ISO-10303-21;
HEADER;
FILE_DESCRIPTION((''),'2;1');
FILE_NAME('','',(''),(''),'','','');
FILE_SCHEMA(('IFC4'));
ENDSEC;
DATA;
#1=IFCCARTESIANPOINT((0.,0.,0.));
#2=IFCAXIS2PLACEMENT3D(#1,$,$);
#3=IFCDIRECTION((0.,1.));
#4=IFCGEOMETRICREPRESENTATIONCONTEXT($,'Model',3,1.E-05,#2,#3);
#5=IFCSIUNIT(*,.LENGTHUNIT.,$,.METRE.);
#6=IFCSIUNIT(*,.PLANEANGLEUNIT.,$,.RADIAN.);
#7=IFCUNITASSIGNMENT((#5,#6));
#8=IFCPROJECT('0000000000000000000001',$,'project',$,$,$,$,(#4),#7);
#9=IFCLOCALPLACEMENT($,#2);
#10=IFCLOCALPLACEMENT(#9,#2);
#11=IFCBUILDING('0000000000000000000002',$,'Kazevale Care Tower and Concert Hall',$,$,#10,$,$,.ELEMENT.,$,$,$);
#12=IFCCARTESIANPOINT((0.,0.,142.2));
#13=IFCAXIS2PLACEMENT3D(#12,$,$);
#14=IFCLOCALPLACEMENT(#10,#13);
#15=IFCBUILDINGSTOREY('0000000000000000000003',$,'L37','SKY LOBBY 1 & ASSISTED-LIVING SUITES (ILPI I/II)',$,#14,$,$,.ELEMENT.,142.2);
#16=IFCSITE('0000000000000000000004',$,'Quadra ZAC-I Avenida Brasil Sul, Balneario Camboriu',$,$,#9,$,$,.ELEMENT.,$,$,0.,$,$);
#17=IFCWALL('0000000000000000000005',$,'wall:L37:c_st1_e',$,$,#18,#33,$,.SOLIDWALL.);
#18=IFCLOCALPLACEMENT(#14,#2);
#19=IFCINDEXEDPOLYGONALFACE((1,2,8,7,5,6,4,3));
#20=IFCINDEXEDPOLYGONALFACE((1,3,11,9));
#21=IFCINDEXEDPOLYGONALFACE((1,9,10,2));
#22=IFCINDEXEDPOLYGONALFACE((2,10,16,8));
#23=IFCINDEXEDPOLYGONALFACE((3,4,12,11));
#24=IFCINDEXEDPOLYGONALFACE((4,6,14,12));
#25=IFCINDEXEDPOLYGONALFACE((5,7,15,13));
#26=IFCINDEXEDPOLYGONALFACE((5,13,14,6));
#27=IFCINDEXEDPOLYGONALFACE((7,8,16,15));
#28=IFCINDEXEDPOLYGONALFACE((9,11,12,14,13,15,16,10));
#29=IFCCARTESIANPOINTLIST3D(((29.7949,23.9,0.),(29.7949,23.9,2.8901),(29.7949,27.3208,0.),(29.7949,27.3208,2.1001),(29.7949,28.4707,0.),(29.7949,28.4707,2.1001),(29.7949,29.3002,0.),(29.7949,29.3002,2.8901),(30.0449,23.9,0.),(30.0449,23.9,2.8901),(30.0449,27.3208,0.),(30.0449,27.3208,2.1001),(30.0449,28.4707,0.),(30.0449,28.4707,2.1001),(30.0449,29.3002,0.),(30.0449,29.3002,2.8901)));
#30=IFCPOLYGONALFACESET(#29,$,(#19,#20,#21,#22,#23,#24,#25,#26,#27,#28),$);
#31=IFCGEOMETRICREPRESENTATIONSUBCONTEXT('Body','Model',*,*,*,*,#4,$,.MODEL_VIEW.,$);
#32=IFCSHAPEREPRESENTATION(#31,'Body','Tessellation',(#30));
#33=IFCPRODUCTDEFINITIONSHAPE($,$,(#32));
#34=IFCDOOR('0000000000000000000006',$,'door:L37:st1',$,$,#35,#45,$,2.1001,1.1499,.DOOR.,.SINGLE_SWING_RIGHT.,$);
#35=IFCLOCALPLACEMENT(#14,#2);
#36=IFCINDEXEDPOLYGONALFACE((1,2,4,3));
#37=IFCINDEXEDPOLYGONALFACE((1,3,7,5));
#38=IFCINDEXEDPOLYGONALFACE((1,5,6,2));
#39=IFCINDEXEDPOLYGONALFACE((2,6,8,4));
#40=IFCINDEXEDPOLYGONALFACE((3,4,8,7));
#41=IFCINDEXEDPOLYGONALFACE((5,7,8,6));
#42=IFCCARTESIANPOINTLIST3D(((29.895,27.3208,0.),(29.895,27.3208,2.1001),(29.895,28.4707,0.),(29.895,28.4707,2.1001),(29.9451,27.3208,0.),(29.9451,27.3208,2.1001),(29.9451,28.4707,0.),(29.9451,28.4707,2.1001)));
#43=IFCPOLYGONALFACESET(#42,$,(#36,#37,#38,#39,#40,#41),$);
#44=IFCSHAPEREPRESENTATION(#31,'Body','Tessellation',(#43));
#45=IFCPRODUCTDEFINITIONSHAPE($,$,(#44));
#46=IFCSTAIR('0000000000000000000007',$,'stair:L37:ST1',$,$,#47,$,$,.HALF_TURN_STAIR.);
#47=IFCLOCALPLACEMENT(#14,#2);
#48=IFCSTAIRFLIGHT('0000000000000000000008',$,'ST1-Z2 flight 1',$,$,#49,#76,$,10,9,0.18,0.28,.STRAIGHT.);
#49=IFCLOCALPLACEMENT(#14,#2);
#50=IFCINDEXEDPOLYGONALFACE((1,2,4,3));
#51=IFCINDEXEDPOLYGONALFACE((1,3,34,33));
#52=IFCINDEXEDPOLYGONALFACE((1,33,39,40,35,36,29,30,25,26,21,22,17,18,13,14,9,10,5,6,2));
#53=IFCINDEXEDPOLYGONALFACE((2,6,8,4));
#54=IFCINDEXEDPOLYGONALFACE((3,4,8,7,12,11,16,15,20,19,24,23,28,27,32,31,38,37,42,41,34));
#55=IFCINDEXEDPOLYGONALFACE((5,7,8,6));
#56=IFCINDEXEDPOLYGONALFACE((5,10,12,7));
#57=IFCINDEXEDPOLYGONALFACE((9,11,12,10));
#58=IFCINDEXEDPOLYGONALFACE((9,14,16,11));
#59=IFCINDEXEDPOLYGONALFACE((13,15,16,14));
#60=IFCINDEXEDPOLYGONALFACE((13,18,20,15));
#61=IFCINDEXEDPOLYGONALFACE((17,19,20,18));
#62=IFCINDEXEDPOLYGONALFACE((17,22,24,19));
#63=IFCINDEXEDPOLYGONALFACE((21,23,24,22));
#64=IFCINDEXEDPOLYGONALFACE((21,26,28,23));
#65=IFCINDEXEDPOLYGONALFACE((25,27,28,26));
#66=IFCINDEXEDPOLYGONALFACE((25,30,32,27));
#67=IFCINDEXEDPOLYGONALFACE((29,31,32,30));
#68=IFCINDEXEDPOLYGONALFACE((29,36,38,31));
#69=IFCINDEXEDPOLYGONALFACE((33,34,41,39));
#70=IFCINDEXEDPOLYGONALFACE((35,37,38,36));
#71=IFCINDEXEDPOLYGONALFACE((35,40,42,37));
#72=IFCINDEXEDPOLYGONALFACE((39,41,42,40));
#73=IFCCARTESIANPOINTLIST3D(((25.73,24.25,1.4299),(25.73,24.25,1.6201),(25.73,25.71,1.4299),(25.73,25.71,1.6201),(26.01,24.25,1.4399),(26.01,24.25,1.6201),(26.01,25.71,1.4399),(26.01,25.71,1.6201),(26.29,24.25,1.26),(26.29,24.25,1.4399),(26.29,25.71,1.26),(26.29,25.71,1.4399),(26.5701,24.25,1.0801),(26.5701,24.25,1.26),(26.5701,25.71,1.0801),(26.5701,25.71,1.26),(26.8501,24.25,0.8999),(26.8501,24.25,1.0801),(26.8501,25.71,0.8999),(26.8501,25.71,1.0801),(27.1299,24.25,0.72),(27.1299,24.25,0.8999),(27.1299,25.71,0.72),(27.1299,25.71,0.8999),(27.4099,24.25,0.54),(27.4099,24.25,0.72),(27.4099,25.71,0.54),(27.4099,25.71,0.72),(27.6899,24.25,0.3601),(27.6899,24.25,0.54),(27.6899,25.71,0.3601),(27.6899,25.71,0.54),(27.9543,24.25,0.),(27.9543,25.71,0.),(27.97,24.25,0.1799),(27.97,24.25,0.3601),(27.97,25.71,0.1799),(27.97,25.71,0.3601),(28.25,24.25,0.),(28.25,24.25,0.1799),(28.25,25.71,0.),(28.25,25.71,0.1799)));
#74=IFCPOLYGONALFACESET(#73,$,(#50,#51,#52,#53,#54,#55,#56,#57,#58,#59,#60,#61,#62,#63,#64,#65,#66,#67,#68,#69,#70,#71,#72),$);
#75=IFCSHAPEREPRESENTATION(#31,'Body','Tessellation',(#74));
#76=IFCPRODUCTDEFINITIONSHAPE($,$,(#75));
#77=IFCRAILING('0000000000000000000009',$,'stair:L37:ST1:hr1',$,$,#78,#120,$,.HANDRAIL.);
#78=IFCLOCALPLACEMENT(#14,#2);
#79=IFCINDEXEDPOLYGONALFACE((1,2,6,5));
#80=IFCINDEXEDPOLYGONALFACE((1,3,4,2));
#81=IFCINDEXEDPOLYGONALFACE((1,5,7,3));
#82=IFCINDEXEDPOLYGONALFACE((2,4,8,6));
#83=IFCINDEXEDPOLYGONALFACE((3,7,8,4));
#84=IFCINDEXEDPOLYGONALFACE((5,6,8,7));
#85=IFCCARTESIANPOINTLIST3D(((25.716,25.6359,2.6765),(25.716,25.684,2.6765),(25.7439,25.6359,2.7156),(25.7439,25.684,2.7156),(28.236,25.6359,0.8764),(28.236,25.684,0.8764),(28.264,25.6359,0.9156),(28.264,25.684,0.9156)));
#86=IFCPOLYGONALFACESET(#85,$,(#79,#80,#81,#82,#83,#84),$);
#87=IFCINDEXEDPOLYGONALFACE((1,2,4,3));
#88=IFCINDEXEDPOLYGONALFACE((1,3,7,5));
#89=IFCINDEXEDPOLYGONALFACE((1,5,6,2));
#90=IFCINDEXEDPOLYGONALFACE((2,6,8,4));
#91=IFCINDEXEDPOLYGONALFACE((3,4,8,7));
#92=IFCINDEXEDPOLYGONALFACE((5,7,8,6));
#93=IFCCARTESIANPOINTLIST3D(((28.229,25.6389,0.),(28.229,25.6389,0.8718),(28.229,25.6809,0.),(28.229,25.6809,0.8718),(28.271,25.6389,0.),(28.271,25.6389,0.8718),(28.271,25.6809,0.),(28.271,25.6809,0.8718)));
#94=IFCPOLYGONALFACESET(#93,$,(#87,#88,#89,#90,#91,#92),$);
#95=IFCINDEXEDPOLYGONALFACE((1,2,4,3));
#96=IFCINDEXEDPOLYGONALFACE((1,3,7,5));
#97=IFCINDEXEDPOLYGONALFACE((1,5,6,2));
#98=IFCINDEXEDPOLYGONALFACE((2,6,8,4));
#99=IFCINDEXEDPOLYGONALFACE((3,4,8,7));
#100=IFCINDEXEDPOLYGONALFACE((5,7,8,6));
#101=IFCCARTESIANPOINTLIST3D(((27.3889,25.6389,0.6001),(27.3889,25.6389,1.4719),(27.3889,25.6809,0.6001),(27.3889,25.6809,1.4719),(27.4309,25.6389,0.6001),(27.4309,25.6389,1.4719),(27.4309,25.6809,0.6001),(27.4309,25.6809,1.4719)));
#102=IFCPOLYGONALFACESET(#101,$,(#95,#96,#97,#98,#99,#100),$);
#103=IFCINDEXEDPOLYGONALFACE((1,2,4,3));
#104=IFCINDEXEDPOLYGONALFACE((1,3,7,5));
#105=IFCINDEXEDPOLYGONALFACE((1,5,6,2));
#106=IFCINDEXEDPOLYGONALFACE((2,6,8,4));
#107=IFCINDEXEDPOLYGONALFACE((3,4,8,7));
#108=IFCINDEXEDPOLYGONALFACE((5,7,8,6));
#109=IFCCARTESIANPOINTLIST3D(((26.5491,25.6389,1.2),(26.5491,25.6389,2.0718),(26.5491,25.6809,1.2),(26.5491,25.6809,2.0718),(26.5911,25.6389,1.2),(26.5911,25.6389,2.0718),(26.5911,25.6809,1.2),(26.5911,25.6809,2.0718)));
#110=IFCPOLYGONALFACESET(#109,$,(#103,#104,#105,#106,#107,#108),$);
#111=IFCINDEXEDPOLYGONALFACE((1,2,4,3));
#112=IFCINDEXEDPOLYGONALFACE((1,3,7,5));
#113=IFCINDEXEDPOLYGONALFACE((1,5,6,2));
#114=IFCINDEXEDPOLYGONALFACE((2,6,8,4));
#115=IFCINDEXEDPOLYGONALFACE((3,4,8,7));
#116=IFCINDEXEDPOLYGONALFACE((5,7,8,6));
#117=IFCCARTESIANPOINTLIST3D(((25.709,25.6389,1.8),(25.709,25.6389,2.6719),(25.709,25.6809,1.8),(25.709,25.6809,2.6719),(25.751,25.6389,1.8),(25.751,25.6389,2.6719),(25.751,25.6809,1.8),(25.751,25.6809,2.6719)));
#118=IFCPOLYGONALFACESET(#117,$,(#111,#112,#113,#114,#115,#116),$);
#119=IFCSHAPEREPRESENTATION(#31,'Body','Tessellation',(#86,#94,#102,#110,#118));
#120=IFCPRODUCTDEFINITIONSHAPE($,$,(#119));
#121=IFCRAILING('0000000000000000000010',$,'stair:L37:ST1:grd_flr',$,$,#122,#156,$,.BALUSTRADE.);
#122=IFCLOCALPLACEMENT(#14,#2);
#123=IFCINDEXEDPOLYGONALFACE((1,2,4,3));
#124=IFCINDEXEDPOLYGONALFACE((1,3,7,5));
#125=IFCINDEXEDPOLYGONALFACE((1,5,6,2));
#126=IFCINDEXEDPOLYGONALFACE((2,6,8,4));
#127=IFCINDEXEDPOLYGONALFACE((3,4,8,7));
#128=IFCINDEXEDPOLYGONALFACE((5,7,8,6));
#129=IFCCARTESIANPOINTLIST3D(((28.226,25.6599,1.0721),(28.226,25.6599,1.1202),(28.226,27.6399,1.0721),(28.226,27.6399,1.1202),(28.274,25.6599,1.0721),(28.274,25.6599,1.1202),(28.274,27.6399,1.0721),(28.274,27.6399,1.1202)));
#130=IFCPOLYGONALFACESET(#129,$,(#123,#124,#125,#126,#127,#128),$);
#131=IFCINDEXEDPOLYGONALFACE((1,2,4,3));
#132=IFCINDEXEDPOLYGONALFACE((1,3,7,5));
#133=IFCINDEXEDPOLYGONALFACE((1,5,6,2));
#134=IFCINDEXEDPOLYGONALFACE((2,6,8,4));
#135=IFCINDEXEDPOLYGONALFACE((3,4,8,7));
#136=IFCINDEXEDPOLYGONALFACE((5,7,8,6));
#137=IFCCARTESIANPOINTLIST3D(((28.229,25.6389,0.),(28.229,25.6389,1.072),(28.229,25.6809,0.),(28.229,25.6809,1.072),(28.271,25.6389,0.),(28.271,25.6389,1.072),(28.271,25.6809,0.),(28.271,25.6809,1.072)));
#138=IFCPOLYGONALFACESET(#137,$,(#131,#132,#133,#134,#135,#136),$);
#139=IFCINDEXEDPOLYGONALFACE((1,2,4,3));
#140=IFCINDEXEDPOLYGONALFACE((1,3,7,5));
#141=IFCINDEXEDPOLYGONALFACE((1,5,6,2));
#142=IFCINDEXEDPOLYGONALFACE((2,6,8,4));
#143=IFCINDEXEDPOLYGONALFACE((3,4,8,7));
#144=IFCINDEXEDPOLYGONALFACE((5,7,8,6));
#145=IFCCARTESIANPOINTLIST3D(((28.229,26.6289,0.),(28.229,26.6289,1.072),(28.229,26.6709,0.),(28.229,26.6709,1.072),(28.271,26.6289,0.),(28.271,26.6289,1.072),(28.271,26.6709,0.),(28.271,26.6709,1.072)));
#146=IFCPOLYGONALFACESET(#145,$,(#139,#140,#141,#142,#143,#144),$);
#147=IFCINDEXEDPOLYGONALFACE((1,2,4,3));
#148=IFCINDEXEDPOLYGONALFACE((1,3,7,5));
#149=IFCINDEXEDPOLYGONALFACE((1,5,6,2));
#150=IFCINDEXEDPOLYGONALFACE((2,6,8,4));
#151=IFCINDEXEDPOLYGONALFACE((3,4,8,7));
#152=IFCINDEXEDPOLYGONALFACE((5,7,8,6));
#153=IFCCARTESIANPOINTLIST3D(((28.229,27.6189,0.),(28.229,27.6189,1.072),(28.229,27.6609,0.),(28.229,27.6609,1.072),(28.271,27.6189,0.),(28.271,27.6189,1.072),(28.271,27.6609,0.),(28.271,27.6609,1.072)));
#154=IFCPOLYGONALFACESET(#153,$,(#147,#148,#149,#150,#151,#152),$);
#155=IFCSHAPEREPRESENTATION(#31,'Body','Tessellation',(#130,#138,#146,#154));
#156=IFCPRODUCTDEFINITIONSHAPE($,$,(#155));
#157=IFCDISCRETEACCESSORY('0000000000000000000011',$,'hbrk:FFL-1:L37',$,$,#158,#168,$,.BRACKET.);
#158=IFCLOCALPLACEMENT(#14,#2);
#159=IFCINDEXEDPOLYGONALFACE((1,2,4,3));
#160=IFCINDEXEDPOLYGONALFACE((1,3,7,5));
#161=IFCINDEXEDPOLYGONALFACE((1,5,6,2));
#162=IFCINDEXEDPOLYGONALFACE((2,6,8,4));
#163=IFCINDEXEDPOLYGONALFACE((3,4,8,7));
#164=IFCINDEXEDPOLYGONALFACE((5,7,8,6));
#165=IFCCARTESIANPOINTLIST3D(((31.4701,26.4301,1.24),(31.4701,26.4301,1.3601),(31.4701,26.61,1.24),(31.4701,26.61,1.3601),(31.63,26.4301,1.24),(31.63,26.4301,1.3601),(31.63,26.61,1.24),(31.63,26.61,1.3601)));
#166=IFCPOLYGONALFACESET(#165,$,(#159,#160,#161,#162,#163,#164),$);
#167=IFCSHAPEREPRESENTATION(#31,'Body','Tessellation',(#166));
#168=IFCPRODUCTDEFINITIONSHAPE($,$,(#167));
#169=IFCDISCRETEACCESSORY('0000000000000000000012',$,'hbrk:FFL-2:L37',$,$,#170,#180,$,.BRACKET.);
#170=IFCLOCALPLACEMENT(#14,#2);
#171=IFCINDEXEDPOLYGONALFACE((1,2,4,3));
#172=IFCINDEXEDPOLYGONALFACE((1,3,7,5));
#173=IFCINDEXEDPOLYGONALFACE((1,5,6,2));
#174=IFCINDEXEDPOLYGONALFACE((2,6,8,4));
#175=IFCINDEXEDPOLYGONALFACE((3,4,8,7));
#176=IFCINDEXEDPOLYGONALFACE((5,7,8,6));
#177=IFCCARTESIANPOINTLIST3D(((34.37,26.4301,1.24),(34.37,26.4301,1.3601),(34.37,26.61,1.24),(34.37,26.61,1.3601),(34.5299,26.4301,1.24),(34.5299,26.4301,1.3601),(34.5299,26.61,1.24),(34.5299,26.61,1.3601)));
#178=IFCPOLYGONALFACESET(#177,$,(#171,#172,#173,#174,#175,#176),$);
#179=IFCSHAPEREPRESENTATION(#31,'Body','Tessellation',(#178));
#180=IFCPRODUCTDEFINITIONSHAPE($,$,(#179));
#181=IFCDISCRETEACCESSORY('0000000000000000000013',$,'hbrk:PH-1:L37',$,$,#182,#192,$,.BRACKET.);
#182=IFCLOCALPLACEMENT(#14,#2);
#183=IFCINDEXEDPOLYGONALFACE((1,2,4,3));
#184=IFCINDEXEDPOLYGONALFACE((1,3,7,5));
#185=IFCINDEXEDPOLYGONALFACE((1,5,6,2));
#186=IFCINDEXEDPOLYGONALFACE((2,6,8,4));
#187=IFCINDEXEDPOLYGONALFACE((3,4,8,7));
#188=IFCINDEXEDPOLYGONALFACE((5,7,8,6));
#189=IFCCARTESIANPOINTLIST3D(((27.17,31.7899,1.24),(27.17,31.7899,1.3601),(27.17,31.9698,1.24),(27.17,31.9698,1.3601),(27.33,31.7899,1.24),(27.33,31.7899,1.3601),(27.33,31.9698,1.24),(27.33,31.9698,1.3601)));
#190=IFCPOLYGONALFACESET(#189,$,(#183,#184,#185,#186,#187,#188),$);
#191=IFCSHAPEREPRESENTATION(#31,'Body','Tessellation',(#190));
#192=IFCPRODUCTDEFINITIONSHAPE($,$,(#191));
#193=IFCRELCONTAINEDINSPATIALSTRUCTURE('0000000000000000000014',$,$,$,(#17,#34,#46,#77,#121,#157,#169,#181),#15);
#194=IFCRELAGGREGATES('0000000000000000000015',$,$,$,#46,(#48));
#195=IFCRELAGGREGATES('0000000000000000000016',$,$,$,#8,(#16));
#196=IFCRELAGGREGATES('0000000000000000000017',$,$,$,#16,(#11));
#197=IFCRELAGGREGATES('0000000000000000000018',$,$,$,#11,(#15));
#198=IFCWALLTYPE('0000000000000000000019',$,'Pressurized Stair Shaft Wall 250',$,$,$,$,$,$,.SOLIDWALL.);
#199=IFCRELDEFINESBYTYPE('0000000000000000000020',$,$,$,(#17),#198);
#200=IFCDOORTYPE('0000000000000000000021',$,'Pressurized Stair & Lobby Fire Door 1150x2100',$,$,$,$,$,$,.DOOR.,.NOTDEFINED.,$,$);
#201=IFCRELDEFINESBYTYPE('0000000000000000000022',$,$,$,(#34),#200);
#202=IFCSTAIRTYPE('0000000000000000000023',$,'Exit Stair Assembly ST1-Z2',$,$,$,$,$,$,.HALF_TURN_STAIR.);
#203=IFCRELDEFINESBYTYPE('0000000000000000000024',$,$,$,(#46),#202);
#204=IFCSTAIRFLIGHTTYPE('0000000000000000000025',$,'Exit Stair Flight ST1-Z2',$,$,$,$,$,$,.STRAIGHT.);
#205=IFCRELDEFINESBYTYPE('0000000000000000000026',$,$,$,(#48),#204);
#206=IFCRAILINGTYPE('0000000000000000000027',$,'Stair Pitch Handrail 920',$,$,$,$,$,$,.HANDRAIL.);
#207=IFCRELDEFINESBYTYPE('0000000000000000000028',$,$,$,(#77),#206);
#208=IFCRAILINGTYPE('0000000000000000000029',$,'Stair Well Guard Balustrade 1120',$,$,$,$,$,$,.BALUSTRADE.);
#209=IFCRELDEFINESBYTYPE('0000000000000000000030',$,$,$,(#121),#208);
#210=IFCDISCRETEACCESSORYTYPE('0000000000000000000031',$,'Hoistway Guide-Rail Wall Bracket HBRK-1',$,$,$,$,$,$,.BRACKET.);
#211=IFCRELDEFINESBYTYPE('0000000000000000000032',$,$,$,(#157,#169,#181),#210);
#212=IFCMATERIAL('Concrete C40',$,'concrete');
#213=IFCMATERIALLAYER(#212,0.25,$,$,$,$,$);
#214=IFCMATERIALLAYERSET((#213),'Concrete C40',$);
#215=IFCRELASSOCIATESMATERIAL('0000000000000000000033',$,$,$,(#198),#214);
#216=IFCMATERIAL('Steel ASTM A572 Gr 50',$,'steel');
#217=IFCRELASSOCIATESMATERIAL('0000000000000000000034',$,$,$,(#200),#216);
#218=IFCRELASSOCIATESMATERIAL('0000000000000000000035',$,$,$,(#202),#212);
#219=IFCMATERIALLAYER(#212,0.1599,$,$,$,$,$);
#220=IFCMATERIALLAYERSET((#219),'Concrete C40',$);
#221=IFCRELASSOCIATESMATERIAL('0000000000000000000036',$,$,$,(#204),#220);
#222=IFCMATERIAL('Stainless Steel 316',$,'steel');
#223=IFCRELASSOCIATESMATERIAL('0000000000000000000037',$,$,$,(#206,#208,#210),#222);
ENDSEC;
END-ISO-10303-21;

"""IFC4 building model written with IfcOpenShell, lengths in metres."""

from ifc_helpers import new_model, si_unit, direction, frame, frame_2d, origin, origin_2d, place, context, subcontext, project, spatial, polyline, rectangle, outline, extrude, material, layer, layer_set, type_object, element, fill, aggregate, save


model = new_model("IFC4")

# Units and contexts
model_context = context("Model", 3, precision=1e-05, world=origin(), true_north=direction((0.0, 1.0)))
body_context = subcontext(model_context, "Body", "Model", "MODEL_VIEW")
ifc_project = project(units=[si_unit("LENGTHUNIT", "METRE"), si_unit("PLANEANGLEUNIT", "RADIAN")], contexts=[model_context])

# Site, building, storey
site_placement = place(None, origin())
site = spatial("IfcSite", under=ifc_project, at=site_placement, Name="Quadra ZAC-I Avenida Brasil Sul, Balneario Camboriu", CompositionType="ELEMENT", RefElevation=0.0)
building_placement = place(site_placement, origin())
building = spatial("IfcBuilding", under=site, at=building_placement, Name="Kazevale Care Tower and Concert Hall", CompositionType="ELEMENT")
storey_placement = place(building_placement, frame((0.0, 0.0, 142.2)))
storey = spatial("IfcBuildingStorey", under=building, at=storey_placement, Name="L37", Description="SKY LOBBY 1 & ASSISTED-LIVING SUITES (ILPI I/II)", CompositionType="ELEMENT", Elevation=142.2)

# Shared definitions
ifc_material_1 = material(Name="Steel ASTM A572 Gr 50", Category="steel")

# Shared definitions
ifc_material_2 = material(Name="Concrete C40", Category="concrete")
ifc_material_3 = material(Name="Stainless Steel 316", Category="steel")

# Wall, opening, door
ifc_layer_1 = layer(ifc_material_2, 0.25)
ifc_layer_set_1 = layer_set([ifc_layer_1], Name="Concrete C40")
wall_type_1 = type_object("IfcWallType", Name="Pressurized Stair Shaft Wall 250", PredefinedType="SOLIDWALL", material=ifc_layer_set_1)
wall_1_placement = place(storey_placement, frame((29.9199, 23.8999, 0.0), z_axis=(0.0, 0.0, 1.0), x_axis=(0.0, 1.0, 0.0)))
wall_1 = element("IfcWall", 1, at=wall_1_placement, inside=storey, type_object=wall_type_1, Name="wall:L37:c_st1_e", PredefinedType="SOLIDWALL", context=body_context, shape_type="SweptSolid", body=[
    extrude(rectangle(XDim=5.4001, YDim=0.25, at=frame_2d((2.7002, 0.0))), origin(), (0.0, 0.0, 1.0), 2.8901),
])
opening_1_placement = place(wall_1_placement, frame((3.4209, 0.0, 0.0)))
opening_1 = element("IfcOpeningElement", 2, at=opening_1_placement, cuts=wall_1, PredefinedType="OPENING", context=body_context, shape_type="SweptSolid", body=[
    extrude(rectangle(XDim=1.1499, YDim=2.1001, at=frame_2d((0.575, 1.05))), frame((0.0, 0.135, 0.0), z_axis=(0.0, -1.0, 0.0), x_axis=(1.0, 0.0, 0.0)), (0.0, 0.0, 1.0), 0.27),
])
door_type_1 = type_object("IfcDoorType", Name="Pressurized Stair & Lobby Fire Door 1150x2100", OperationType="NOTDEFINED", PredefinedType="DOOR", material=ifc_material_1)
door_1_placement = place(opening_1_placement, origin())
door_1 = element("IfcDoor", 3, at=door_1_placement, inside=storey, type_object=door_type_1, Name="door:L37:st1", OperationType="SINGLE_SWING_RIGHT", OverallHeight=2.1001, OverallWidth=1.1499, PredefinedType="DOOR", context=body_context, shape_type="SweptSolid", body=[
    extrude(rectangle(XDim=1.1499, YDim=2.1001, at=frame_2d((0.575, 1.05))), frame((0.0, 0.0249, 0.0), z_axis=(0.0, -1.0, 0.0), x_axis=(1.0, 0.0, 0.0)), (0.0, 0.0, 1.0), 0.05),
])
fill(opening_1, door_1)

# Stair, stair flight
stair_type = type_object("IfcStairType", Name="Exit Stair Assembly ST1-Z2", PredefinedType="HALF_TURN_STAIR", material=ifc_material_2)
stair_placement = place(storey_placement, origin())
stair = element("IfcStair", 4, at=stair_placement, inside=storey, type_object=stair_type, Name="stair:L37:ST1", PredefinedType="HALF_TURN_STAIR")
ifc_layer_2 = layer(ifc_material_2, 0.1599)
ifc_layer_set_2 = layer_set([ifc_layer_2], Name="Concrete C40")
stair_flight_type = type_object("IfcStairFlightType", Name="Exit Stair Flight ST1-Z2", PredefinedType="STRAIGHT", material=ifc_layer_set_2)
stair_flight_placement = place(storey_placement, frame((28.25, 24.98, 0.0), z_axis=(0.0, 0.0, 1.0), x_axis=(-1.0, 0.0, 0.0)))
stair_flight = element("IfcStairFlight", 5, at=stair_flight_placement, type_object=stair_flight_type, Name="ST1-Z2 flight 1", NumberOfRisers=10, NumberOfTreads=9, PredefinedType="STRAIGHT", RiserHeight=0.18, TreadLength=0.28, context=body_context, shape_type="SweptSolid", body=[
    extrude(outline(polyline([(0.0, 0.0), (0.0, 0.1799), (0.28, 0.1799), (0.28, 0.3601), (0.5601, 0.3601), (0.5601, 0.54), (0.8401, 0.54), (0.8401, 0.72), (1.1201, 0.72), (1.1201, 0.8999), (1.3999, 0.8999), (1.3999, 1.0801), (1.6799, 1.0801), (1.6799, 1.26), (1.96, 1.26), (1.96, 1.4399), (2.24, 1.4399), (2.24, 1.6201), (2.52, 1.6201), (2.52, 1.8), (2.52, 1.4299), (0.2957, 0.0), (0.0, 0.0)])), frame((0.0, 0.73, 0.0), z_axis=(0.0, -1.0, 0.0), x_axis=(1.0, 0.0, 0.0)), (0.0, 0.0, 1.0), 1.46),
])
aggregate(stair, [stair_flight])

# Railings
railing_type_1 = type_object("IfcRailingType", Name="Stair Pitch Handrail 920", PredefinedType="HANDRAIL", material=ifc_material_3)
railing_1_placement = place(storey_placement, frame((28.25, 25.6599, 0.0)))
element("IfcRailing", 6, at=railing_1_placement, inside=storey, type_object=railing_type_1, Name="stair:L37:ST1:hr1", PredefinedType="HANDRAIL", context=body_context, shape_type="SweptSolid", body=[
    extrude(rectangle(XDim=0.0481, YDim=0.0481, at=origin_2d()), frame((0.0, 0.0, 0.896), z_axis=(-0.813728, 0.0, 0.581246), x_axis=(0.0, -1.0, 0.0)), (0.0, 0.0, 1.0), 3.0969),
    extrude(rectangle(XDim=0.042, YDim=0.042, at=origin_2d()), origin(), (0.0, 0.0, 1.0), 0.8718),
    extrude(rectangle(XDim=0.042, YDim=0.042, at=origin_2d()), frame((-0.8401, 0.0, 0.6001)), (0.0, 0.0, 1.0), 0.8718),
    extrude(rectangle(XDim=0.042, YDim=0.042, at=origin_2d()), frame((-1.6799, 0.0, 1.2)), (0.0, 0.0, 1.0), 0.8718),
    extrude(rectangle(XDim=0.042, YDim=0.042, at=origin_2d()), frame((-2.52, 0.0, 1.8)), (0.0, 0.0, 1.0), 0.8718),
])
railing_type_2 = type_object("IfcRailingType", Name="Stair Well Guard Balustrade 1120", PredefinedType="BALUSTRADE", material=ifc_material_3)
railing_2_placement = place(storey_placement, frame((28.25, 25.6599, 0.0)))
element("IfcRailing", 7, at=railing_2_placement, inside=storey, type_object=railing_type_2, Name="stair:L37:ST1:grd_flr", PredefinedType="BALUSTRADE", context=body_context, shape_type="SweptSolid", body=[
    extrude(rectangle(XDim=0.0481, YDim=0.0481, at=origin_2d()), frame((0.0, 0.0, 1.0962), z_axis=(0.0, 1.0, 0.0), x_axis=(-1.0, 0.0, 0.0)), (0.0, 0.0, 1.0), 1.98),
    extrude(rectangle(XDim=0.042, YDim=0.042, at=origin_2d()), origin(), (0.0, 0.0, 1.0), 1.072),
    extrude(rectangle(XDim=0.042, YDim=0.042, at=origin_2d()), frame((0.0, 0.99, 0.0)), (0.0, 0.0, 1.0), 1.072),
    extrude(rectangle(XDim=0.042, YDim=0.042, at=origin_2d()), frame((0.0, 1.98, 0.0)), (0.0, 0.0, 1.0), 1.072),
])

# Discrete accessories
discrete_accessory_type = type_object("IfcDiscreteAccessoryType", Name="Hoistway Guide-Rail Wall Bracket HBRK-1", PredefinedType="BRACKET", material=ifc_material_3)
for number, where, z_axis, x_axis, name in (
    (8, (31.55, 26.52, 1.24), (0.0, 0.0, 1.0), (1.0, 0.0, 0.0), "hbrk:FFL-1:L37"),
    (9, (34.45, 26.52, 1.24), (0.0, 0.0, 1.0), (1.0, 0.0, 0.0), "hbrk:FFL-2:L37"),
    (10, (27.25, 31.8799, 1.24), (0.0, 0.0, 1.0), (1.0, 0.0, 0.0), "hbrk:PH-1:L37"),
):
    element("IfcDiscreteAccessory", number, at=place(storey_placement, frame(where, z_axis=z_axis, x_axis=x_axis)), inside=storey, type_object=discrete_accessory_type, Name=name, PredefinedType="BRACKET", context=body_context, shape_type="SweptSolid", body=[
        extrude(rectangle(XDim=0.1599, YDim=0.1799, at=origin_2d()), origin(), (0.0, 0.0, 1.0), 0.1201),
    ])

save(model, "model.ifc")
